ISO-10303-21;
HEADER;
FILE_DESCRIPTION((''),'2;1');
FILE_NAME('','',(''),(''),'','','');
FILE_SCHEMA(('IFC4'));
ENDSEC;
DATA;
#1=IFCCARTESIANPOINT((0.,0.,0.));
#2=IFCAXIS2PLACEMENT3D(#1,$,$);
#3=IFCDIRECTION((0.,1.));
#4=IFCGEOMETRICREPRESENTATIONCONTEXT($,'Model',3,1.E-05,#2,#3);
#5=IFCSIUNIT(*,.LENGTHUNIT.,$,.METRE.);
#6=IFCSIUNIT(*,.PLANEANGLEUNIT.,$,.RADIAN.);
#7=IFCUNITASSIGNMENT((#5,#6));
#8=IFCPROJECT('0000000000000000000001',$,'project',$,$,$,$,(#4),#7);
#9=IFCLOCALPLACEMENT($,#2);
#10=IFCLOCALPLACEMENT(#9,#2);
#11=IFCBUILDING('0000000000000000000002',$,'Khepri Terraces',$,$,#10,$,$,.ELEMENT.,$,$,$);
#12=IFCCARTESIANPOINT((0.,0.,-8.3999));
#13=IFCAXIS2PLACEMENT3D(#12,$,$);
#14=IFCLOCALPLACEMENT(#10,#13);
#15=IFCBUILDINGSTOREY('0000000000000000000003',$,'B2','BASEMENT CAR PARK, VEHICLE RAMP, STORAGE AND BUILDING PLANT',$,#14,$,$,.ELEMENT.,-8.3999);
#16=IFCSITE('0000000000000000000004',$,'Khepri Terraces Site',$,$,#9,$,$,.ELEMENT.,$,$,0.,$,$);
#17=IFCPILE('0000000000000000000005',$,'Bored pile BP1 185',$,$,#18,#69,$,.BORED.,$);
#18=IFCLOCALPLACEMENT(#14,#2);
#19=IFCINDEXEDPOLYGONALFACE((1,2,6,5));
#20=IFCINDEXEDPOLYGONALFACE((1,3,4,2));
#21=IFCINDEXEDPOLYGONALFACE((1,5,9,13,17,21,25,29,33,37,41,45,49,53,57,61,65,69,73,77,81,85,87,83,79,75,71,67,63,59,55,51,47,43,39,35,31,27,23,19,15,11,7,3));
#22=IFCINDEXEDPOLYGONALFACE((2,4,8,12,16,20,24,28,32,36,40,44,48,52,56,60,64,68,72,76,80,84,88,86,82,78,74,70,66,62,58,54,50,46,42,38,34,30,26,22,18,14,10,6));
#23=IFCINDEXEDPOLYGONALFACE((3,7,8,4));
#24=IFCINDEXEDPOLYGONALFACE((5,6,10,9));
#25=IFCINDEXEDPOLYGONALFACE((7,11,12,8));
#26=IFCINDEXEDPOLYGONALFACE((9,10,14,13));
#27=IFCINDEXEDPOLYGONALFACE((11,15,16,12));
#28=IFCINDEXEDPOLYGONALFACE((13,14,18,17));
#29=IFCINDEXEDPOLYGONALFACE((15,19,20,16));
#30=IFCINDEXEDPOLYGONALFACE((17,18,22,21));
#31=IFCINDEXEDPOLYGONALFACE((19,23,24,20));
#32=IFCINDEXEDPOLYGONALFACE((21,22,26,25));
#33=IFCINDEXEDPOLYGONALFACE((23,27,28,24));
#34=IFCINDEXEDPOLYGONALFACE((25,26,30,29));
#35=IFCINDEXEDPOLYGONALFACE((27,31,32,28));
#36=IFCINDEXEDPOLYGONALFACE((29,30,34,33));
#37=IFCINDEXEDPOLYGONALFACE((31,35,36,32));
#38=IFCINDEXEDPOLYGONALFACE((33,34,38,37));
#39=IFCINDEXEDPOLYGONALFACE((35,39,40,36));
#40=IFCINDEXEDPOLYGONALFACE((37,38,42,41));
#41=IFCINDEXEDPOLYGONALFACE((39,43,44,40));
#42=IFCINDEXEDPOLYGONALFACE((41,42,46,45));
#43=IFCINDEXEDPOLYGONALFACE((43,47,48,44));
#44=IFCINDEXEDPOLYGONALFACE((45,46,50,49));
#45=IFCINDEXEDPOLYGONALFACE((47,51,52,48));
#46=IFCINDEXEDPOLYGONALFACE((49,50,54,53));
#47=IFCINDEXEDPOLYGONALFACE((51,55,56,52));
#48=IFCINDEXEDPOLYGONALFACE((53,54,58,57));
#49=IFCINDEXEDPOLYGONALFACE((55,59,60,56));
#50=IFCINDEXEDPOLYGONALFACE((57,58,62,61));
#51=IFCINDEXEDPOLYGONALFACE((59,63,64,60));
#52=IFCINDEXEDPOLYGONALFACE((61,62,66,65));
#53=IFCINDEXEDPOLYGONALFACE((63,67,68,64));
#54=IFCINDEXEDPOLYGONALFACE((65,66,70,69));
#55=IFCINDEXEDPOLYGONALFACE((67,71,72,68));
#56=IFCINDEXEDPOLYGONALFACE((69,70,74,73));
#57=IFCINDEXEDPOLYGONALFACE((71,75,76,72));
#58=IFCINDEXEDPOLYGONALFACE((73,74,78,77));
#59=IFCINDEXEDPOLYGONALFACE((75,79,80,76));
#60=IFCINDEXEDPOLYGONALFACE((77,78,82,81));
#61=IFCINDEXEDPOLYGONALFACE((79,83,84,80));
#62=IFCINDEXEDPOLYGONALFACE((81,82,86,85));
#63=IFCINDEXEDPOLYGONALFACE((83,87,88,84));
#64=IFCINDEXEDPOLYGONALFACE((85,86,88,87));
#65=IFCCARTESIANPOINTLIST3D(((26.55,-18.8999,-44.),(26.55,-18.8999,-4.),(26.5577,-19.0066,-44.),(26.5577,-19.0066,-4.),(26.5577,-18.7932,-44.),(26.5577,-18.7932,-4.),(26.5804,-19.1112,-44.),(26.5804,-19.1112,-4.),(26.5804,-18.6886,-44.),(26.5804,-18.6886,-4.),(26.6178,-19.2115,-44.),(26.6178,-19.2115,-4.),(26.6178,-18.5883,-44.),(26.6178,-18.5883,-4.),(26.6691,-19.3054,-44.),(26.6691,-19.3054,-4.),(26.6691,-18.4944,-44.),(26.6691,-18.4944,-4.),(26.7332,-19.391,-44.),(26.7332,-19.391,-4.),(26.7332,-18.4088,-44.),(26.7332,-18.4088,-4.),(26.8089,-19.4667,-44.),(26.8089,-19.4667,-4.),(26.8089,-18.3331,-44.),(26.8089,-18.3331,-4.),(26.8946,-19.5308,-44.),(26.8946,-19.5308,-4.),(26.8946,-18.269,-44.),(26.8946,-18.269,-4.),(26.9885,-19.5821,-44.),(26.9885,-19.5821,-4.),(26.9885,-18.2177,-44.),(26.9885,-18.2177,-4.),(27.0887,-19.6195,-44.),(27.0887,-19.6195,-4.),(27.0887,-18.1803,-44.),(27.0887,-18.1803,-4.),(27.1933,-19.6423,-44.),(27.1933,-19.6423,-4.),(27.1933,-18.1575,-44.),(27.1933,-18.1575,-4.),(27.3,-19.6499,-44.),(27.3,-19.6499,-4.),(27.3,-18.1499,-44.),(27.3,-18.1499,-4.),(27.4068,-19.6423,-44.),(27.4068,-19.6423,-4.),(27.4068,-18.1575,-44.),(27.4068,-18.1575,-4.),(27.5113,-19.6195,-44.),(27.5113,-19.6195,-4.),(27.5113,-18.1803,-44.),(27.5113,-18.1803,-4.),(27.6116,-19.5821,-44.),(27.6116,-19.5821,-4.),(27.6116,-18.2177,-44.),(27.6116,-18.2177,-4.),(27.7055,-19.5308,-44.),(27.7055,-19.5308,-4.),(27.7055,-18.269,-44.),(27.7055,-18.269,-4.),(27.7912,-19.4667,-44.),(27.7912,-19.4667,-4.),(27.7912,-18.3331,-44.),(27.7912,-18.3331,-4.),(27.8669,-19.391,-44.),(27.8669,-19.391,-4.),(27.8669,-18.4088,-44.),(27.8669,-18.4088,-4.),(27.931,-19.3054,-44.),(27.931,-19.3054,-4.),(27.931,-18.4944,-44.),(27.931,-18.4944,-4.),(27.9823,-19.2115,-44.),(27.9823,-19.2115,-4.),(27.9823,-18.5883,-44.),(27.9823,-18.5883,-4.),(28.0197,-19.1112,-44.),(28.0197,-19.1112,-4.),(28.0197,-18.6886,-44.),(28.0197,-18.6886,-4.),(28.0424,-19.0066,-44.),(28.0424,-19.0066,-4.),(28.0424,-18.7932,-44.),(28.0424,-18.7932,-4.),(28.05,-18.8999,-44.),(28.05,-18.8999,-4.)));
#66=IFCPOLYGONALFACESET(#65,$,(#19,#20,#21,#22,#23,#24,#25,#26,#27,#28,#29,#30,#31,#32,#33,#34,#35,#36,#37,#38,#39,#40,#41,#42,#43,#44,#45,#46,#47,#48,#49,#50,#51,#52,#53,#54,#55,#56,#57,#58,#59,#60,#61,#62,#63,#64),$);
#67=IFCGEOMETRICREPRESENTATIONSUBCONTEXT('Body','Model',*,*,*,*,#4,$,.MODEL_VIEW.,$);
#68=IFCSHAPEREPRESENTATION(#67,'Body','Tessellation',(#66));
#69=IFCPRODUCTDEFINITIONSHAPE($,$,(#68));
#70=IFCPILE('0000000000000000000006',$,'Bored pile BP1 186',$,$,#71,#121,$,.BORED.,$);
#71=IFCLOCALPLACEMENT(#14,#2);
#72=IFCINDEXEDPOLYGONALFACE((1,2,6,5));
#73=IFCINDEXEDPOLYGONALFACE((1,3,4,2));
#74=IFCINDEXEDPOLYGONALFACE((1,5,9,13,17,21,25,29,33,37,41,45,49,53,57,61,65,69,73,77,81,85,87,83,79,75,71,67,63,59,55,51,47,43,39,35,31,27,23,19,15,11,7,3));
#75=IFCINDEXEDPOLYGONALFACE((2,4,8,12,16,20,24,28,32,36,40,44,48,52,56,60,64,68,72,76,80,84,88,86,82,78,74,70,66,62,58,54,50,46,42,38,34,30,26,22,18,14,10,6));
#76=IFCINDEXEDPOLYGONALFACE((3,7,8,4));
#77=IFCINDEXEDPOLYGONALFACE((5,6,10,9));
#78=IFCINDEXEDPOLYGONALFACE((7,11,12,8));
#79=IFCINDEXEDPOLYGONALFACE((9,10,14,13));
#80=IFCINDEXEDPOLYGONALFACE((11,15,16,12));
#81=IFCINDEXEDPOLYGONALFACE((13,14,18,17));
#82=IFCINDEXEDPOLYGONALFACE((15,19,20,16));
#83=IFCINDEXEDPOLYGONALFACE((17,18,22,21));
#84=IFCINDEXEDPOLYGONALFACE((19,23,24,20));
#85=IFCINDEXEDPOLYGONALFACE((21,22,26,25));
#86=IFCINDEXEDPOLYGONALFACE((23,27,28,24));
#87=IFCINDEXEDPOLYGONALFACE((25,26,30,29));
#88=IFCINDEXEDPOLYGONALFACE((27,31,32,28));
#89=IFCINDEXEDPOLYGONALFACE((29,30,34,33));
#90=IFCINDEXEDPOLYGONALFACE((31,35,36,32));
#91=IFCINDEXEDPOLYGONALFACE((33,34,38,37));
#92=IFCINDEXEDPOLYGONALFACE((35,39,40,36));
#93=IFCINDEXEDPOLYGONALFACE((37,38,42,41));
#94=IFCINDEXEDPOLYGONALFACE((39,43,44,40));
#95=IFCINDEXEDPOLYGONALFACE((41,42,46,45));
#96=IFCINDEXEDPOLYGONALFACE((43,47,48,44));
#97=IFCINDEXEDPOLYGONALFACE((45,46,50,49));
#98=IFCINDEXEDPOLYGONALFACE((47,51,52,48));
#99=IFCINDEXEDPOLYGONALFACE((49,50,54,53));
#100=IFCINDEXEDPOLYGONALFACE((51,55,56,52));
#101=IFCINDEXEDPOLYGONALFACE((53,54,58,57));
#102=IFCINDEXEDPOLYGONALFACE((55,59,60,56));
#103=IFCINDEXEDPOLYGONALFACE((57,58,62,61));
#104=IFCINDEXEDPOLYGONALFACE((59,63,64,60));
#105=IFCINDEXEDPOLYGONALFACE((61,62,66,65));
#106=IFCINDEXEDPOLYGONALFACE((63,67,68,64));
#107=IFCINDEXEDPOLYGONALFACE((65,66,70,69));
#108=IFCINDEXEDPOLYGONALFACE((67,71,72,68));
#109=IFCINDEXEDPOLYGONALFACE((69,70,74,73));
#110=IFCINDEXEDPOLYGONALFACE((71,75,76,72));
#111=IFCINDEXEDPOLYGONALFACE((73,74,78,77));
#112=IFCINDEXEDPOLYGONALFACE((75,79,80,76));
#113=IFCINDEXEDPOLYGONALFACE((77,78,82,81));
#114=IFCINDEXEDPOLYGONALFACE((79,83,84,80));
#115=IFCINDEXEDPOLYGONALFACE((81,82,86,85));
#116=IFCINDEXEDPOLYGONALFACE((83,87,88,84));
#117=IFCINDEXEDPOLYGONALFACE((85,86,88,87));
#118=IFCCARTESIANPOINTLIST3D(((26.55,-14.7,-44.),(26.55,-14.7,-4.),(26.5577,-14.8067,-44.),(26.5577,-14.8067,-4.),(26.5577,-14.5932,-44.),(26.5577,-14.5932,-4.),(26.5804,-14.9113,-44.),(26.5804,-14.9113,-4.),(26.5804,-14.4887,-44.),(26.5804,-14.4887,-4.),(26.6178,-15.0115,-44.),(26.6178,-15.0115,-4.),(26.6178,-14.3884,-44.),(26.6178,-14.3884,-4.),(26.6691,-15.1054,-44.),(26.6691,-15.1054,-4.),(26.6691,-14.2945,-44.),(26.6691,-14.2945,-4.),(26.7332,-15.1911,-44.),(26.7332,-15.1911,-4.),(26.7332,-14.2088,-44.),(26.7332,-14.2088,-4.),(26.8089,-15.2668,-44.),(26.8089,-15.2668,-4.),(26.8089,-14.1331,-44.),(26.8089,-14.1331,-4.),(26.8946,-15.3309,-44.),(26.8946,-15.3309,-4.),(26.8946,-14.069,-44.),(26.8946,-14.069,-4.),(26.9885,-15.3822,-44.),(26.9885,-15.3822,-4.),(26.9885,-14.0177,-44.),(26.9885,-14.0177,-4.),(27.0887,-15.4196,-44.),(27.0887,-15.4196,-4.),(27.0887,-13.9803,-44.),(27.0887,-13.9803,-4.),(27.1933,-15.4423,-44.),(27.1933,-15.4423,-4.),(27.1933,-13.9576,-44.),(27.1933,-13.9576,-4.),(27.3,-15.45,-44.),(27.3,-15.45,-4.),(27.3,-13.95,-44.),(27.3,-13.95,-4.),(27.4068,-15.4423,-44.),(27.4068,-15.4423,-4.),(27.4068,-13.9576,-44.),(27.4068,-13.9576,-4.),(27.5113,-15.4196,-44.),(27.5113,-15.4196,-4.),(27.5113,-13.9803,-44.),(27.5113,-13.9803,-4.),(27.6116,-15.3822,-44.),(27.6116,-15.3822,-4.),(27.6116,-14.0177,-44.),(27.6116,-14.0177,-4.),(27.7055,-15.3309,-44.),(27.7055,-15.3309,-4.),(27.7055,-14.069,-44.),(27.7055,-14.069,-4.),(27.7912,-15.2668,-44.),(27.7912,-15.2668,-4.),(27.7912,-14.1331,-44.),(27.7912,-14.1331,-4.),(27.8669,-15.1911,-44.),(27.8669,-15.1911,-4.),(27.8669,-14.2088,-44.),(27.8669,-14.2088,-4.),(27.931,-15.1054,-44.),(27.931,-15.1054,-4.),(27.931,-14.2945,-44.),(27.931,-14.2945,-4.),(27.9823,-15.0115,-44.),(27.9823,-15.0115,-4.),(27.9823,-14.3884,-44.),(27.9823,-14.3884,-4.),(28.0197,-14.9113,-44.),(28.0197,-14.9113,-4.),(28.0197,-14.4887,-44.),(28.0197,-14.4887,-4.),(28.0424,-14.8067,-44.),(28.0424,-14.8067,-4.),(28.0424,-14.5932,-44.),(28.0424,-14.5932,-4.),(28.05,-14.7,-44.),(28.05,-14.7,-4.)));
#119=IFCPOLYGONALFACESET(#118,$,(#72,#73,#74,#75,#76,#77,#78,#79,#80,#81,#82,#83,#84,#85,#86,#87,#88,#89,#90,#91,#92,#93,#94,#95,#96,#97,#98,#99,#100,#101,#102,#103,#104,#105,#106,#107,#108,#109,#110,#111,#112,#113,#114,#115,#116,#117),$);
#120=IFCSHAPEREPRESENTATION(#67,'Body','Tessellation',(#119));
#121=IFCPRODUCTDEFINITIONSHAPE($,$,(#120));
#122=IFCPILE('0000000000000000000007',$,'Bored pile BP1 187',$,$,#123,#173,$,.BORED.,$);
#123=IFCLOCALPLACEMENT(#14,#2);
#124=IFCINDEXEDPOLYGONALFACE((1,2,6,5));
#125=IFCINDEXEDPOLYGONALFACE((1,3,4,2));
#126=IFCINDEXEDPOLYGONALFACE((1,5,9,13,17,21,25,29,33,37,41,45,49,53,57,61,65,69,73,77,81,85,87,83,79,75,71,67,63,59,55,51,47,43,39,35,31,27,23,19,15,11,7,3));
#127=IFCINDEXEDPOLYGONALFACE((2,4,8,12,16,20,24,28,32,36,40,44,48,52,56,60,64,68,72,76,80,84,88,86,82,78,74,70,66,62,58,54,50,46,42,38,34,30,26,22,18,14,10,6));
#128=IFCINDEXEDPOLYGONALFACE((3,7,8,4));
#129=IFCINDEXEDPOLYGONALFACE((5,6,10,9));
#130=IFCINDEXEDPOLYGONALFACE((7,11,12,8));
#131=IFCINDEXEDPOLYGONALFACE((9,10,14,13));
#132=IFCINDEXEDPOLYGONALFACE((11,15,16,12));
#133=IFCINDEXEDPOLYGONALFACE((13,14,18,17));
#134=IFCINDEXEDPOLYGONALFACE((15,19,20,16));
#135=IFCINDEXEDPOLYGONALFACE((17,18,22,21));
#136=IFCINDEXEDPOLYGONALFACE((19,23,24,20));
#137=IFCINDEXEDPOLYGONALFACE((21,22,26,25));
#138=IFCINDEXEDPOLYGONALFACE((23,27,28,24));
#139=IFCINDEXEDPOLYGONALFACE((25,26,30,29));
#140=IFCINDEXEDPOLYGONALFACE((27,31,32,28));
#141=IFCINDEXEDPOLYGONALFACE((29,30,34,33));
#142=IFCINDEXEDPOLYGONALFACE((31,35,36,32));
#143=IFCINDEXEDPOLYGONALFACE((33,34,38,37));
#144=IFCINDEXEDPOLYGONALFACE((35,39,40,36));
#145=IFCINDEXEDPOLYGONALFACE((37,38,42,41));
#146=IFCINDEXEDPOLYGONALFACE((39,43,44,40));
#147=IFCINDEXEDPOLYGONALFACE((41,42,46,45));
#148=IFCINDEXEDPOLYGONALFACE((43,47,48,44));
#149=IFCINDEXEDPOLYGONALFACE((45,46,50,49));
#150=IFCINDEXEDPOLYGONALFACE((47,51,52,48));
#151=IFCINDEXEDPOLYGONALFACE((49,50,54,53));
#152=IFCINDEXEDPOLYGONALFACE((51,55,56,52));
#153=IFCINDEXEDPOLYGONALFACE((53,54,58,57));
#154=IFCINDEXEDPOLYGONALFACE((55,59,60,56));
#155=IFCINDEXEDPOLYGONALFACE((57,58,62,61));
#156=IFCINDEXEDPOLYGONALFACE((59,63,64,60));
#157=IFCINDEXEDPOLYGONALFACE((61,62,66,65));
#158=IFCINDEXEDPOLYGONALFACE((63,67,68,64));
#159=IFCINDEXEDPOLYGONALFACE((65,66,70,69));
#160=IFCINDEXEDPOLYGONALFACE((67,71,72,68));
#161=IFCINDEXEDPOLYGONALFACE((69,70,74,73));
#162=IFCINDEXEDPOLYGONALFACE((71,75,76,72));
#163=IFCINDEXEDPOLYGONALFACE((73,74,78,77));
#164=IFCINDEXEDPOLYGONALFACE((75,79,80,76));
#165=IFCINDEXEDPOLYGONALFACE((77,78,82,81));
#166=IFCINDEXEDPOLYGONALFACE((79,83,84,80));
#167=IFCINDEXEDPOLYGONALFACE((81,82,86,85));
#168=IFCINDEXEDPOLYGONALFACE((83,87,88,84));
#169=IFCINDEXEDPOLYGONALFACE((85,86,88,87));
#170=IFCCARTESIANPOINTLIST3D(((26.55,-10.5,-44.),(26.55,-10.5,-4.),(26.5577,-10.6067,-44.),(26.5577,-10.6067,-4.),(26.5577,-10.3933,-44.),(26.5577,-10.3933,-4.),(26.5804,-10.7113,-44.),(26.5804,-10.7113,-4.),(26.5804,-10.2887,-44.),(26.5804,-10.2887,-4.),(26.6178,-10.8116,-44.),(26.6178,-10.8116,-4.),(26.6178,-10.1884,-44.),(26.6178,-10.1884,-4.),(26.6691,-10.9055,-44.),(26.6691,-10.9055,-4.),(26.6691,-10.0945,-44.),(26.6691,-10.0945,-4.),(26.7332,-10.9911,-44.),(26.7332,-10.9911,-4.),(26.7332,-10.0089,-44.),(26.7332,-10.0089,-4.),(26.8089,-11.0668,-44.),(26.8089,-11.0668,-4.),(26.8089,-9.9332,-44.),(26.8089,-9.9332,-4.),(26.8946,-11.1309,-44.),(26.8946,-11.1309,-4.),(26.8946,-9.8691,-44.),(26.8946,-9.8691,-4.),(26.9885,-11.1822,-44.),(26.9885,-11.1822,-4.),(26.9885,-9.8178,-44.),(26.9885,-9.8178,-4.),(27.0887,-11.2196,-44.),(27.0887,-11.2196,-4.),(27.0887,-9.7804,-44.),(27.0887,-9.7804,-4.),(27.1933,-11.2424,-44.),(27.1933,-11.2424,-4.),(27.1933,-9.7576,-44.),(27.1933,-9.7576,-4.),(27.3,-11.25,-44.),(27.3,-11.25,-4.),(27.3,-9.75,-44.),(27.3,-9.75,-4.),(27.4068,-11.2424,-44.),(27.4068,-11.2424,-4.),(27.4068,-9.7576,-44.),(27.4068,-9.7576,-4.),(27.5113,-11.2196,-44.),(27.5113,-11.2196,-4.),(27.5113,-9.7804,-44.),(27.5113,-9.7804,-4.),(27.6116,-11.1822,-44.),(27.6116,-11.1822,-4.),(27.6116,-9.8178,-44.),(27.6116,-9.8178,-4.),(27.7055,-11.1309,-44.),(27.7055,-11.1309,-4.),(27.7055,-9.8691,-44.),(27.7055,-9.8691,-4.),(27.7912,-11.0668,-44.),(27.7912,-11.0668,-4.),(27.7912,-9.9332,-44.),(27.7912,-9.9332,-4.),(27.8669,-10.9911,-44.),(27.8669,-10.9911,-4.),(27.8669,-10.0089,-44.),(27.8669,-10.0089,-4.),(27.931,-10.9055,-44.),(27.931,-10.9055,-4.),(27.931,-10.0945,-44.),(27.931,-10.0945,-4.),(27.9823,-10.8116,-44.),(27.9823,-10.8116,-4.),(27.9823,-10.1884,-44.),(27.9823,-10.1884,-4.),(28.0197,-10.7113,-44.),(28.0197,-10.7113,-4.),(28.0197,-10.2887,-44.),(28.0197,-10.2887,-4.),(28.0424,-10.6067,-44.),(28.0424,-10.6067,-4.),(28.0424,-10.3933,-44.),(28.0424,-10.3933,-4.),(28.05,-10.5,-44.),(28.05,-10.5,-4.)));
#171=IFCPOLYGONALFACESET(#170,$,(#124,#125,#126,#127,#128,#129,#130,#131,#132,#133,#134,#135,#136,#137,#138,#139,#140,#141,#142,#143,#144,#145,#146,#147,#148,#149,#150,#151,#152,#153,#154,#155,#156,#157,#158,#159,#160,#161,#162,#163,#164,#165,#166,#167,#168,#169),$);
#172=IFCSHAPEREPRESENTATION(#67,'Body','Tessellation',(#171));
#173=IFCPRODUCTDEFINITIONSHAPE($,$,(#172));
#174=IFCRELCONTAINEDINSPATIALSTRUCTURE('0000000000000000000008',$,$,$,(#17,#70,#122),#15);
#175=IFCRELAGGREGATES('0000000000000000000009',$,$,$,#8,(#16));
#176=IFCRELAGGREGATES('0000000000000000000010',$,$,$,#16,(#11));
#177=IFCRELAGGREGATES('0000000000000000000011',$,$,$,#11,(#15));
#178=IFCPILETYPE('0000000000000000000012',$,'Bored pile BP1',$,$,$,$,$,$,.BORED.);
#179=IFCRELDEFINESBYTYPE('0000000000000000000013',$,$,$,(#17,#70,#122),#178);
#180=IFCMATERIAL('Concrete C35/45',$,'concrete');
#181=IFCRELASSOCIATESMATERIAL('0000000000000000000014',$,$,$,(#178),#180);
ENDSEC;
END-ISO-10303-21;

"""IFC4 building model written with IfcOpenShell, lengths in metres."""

from ifc_helpers import new_model, si_unit, direction, frame, origin, origin_2d, place, context, subcontext, project, spatial, circle, extrude, material, material_profile, profile_set, type_object, element, save


model = new_model("IFC4")

# Units and contexts
model_context = context("Model", 3, precision=1e-05, world=origin(), true_north=direction((0.0, 1.0)))
body_context = subcontext(model_context, "Body", "Model", "MODEL_VIEW")
ifc_project = project(units=[si_unit("LENGTHUNIT", "METRE"), si_unit("PLANEANGLEUNIT", "RADIAN")], contexts=[model_context])

# Site, building, storey
site_placement = place(None, origin())
site = spatial("IfcSite", under=ifc_project, at=site_placement, Name="Khepri Terraces Site", CompositionType="ELEMENT", RefElevation=0.0)
building_placement = place(site_placement, origin())
building = spatial("IfcBuilding", under=site, at=building_placement, Name="Khepri Terraces", CompositionType="ELEMENT")
storey_placement = place(building_placement, frame((0.0, 0.0, -8.3999)))
storey = spatial("IfcBuildingStorey", under=building, at=storey_placement, Name="B2", Description="BASEMENT CAR PARK, VEHICLE RAMP, STORAGE AND BUILDING PLANT", CompositionType="ELEMENT", Elevation=-8.3999)

# Piles
ifc_material_1 = material(Name="Concrete C35/45", Category="concrete")
ifc_material_profile_1 = material_profile(ifc_material_1, circle(Radius=0.75, at=origin_2d()), Name="Concrete C35/45", Category="concrete")
ifc_profile_set_1 = profile_set([ifc_material_profile_1], Name="Concrete C35/45")
pile_type = type_object("IfcPileType", Name="Bored pile BP1", PredefinedType="BORED", material=ifc_profile_set_1)
for number, where, z_axis, x_axis, name in (
    (1, (27.3, -18.8999, -4.0), (0.0, 0.0, -1.0), (1.0, 0.0, 0.0), "Bored pile BP1 185"),
    (2, (27.3, -14.7, -4.0), (0.0, 0.0, -1.0), (1.0, 0.0, 0.0), "Bored pile BP1 186"),
    (3, (27.3, -10.5, -4.0), (0.0, 0.0, -1.0), (1.0, 0.0, 0.0), "Bored pile BP1 187"),
):
    element("IfcPile", number, at=place(storey_placement, frame(where, z_axis=z_axis, x_axis=x_axis)), inside=storey, type_object=pile_type, Name=name, PredefinedType="BORED", context=body_context, shape_type="SweptSolid", body=[
        extrude(circle(Radius=0.75, at=origin_2d()), origin(), (0.0, 0.0, 1.0), 40.0),
    ])

save(model, "model.ifc")
